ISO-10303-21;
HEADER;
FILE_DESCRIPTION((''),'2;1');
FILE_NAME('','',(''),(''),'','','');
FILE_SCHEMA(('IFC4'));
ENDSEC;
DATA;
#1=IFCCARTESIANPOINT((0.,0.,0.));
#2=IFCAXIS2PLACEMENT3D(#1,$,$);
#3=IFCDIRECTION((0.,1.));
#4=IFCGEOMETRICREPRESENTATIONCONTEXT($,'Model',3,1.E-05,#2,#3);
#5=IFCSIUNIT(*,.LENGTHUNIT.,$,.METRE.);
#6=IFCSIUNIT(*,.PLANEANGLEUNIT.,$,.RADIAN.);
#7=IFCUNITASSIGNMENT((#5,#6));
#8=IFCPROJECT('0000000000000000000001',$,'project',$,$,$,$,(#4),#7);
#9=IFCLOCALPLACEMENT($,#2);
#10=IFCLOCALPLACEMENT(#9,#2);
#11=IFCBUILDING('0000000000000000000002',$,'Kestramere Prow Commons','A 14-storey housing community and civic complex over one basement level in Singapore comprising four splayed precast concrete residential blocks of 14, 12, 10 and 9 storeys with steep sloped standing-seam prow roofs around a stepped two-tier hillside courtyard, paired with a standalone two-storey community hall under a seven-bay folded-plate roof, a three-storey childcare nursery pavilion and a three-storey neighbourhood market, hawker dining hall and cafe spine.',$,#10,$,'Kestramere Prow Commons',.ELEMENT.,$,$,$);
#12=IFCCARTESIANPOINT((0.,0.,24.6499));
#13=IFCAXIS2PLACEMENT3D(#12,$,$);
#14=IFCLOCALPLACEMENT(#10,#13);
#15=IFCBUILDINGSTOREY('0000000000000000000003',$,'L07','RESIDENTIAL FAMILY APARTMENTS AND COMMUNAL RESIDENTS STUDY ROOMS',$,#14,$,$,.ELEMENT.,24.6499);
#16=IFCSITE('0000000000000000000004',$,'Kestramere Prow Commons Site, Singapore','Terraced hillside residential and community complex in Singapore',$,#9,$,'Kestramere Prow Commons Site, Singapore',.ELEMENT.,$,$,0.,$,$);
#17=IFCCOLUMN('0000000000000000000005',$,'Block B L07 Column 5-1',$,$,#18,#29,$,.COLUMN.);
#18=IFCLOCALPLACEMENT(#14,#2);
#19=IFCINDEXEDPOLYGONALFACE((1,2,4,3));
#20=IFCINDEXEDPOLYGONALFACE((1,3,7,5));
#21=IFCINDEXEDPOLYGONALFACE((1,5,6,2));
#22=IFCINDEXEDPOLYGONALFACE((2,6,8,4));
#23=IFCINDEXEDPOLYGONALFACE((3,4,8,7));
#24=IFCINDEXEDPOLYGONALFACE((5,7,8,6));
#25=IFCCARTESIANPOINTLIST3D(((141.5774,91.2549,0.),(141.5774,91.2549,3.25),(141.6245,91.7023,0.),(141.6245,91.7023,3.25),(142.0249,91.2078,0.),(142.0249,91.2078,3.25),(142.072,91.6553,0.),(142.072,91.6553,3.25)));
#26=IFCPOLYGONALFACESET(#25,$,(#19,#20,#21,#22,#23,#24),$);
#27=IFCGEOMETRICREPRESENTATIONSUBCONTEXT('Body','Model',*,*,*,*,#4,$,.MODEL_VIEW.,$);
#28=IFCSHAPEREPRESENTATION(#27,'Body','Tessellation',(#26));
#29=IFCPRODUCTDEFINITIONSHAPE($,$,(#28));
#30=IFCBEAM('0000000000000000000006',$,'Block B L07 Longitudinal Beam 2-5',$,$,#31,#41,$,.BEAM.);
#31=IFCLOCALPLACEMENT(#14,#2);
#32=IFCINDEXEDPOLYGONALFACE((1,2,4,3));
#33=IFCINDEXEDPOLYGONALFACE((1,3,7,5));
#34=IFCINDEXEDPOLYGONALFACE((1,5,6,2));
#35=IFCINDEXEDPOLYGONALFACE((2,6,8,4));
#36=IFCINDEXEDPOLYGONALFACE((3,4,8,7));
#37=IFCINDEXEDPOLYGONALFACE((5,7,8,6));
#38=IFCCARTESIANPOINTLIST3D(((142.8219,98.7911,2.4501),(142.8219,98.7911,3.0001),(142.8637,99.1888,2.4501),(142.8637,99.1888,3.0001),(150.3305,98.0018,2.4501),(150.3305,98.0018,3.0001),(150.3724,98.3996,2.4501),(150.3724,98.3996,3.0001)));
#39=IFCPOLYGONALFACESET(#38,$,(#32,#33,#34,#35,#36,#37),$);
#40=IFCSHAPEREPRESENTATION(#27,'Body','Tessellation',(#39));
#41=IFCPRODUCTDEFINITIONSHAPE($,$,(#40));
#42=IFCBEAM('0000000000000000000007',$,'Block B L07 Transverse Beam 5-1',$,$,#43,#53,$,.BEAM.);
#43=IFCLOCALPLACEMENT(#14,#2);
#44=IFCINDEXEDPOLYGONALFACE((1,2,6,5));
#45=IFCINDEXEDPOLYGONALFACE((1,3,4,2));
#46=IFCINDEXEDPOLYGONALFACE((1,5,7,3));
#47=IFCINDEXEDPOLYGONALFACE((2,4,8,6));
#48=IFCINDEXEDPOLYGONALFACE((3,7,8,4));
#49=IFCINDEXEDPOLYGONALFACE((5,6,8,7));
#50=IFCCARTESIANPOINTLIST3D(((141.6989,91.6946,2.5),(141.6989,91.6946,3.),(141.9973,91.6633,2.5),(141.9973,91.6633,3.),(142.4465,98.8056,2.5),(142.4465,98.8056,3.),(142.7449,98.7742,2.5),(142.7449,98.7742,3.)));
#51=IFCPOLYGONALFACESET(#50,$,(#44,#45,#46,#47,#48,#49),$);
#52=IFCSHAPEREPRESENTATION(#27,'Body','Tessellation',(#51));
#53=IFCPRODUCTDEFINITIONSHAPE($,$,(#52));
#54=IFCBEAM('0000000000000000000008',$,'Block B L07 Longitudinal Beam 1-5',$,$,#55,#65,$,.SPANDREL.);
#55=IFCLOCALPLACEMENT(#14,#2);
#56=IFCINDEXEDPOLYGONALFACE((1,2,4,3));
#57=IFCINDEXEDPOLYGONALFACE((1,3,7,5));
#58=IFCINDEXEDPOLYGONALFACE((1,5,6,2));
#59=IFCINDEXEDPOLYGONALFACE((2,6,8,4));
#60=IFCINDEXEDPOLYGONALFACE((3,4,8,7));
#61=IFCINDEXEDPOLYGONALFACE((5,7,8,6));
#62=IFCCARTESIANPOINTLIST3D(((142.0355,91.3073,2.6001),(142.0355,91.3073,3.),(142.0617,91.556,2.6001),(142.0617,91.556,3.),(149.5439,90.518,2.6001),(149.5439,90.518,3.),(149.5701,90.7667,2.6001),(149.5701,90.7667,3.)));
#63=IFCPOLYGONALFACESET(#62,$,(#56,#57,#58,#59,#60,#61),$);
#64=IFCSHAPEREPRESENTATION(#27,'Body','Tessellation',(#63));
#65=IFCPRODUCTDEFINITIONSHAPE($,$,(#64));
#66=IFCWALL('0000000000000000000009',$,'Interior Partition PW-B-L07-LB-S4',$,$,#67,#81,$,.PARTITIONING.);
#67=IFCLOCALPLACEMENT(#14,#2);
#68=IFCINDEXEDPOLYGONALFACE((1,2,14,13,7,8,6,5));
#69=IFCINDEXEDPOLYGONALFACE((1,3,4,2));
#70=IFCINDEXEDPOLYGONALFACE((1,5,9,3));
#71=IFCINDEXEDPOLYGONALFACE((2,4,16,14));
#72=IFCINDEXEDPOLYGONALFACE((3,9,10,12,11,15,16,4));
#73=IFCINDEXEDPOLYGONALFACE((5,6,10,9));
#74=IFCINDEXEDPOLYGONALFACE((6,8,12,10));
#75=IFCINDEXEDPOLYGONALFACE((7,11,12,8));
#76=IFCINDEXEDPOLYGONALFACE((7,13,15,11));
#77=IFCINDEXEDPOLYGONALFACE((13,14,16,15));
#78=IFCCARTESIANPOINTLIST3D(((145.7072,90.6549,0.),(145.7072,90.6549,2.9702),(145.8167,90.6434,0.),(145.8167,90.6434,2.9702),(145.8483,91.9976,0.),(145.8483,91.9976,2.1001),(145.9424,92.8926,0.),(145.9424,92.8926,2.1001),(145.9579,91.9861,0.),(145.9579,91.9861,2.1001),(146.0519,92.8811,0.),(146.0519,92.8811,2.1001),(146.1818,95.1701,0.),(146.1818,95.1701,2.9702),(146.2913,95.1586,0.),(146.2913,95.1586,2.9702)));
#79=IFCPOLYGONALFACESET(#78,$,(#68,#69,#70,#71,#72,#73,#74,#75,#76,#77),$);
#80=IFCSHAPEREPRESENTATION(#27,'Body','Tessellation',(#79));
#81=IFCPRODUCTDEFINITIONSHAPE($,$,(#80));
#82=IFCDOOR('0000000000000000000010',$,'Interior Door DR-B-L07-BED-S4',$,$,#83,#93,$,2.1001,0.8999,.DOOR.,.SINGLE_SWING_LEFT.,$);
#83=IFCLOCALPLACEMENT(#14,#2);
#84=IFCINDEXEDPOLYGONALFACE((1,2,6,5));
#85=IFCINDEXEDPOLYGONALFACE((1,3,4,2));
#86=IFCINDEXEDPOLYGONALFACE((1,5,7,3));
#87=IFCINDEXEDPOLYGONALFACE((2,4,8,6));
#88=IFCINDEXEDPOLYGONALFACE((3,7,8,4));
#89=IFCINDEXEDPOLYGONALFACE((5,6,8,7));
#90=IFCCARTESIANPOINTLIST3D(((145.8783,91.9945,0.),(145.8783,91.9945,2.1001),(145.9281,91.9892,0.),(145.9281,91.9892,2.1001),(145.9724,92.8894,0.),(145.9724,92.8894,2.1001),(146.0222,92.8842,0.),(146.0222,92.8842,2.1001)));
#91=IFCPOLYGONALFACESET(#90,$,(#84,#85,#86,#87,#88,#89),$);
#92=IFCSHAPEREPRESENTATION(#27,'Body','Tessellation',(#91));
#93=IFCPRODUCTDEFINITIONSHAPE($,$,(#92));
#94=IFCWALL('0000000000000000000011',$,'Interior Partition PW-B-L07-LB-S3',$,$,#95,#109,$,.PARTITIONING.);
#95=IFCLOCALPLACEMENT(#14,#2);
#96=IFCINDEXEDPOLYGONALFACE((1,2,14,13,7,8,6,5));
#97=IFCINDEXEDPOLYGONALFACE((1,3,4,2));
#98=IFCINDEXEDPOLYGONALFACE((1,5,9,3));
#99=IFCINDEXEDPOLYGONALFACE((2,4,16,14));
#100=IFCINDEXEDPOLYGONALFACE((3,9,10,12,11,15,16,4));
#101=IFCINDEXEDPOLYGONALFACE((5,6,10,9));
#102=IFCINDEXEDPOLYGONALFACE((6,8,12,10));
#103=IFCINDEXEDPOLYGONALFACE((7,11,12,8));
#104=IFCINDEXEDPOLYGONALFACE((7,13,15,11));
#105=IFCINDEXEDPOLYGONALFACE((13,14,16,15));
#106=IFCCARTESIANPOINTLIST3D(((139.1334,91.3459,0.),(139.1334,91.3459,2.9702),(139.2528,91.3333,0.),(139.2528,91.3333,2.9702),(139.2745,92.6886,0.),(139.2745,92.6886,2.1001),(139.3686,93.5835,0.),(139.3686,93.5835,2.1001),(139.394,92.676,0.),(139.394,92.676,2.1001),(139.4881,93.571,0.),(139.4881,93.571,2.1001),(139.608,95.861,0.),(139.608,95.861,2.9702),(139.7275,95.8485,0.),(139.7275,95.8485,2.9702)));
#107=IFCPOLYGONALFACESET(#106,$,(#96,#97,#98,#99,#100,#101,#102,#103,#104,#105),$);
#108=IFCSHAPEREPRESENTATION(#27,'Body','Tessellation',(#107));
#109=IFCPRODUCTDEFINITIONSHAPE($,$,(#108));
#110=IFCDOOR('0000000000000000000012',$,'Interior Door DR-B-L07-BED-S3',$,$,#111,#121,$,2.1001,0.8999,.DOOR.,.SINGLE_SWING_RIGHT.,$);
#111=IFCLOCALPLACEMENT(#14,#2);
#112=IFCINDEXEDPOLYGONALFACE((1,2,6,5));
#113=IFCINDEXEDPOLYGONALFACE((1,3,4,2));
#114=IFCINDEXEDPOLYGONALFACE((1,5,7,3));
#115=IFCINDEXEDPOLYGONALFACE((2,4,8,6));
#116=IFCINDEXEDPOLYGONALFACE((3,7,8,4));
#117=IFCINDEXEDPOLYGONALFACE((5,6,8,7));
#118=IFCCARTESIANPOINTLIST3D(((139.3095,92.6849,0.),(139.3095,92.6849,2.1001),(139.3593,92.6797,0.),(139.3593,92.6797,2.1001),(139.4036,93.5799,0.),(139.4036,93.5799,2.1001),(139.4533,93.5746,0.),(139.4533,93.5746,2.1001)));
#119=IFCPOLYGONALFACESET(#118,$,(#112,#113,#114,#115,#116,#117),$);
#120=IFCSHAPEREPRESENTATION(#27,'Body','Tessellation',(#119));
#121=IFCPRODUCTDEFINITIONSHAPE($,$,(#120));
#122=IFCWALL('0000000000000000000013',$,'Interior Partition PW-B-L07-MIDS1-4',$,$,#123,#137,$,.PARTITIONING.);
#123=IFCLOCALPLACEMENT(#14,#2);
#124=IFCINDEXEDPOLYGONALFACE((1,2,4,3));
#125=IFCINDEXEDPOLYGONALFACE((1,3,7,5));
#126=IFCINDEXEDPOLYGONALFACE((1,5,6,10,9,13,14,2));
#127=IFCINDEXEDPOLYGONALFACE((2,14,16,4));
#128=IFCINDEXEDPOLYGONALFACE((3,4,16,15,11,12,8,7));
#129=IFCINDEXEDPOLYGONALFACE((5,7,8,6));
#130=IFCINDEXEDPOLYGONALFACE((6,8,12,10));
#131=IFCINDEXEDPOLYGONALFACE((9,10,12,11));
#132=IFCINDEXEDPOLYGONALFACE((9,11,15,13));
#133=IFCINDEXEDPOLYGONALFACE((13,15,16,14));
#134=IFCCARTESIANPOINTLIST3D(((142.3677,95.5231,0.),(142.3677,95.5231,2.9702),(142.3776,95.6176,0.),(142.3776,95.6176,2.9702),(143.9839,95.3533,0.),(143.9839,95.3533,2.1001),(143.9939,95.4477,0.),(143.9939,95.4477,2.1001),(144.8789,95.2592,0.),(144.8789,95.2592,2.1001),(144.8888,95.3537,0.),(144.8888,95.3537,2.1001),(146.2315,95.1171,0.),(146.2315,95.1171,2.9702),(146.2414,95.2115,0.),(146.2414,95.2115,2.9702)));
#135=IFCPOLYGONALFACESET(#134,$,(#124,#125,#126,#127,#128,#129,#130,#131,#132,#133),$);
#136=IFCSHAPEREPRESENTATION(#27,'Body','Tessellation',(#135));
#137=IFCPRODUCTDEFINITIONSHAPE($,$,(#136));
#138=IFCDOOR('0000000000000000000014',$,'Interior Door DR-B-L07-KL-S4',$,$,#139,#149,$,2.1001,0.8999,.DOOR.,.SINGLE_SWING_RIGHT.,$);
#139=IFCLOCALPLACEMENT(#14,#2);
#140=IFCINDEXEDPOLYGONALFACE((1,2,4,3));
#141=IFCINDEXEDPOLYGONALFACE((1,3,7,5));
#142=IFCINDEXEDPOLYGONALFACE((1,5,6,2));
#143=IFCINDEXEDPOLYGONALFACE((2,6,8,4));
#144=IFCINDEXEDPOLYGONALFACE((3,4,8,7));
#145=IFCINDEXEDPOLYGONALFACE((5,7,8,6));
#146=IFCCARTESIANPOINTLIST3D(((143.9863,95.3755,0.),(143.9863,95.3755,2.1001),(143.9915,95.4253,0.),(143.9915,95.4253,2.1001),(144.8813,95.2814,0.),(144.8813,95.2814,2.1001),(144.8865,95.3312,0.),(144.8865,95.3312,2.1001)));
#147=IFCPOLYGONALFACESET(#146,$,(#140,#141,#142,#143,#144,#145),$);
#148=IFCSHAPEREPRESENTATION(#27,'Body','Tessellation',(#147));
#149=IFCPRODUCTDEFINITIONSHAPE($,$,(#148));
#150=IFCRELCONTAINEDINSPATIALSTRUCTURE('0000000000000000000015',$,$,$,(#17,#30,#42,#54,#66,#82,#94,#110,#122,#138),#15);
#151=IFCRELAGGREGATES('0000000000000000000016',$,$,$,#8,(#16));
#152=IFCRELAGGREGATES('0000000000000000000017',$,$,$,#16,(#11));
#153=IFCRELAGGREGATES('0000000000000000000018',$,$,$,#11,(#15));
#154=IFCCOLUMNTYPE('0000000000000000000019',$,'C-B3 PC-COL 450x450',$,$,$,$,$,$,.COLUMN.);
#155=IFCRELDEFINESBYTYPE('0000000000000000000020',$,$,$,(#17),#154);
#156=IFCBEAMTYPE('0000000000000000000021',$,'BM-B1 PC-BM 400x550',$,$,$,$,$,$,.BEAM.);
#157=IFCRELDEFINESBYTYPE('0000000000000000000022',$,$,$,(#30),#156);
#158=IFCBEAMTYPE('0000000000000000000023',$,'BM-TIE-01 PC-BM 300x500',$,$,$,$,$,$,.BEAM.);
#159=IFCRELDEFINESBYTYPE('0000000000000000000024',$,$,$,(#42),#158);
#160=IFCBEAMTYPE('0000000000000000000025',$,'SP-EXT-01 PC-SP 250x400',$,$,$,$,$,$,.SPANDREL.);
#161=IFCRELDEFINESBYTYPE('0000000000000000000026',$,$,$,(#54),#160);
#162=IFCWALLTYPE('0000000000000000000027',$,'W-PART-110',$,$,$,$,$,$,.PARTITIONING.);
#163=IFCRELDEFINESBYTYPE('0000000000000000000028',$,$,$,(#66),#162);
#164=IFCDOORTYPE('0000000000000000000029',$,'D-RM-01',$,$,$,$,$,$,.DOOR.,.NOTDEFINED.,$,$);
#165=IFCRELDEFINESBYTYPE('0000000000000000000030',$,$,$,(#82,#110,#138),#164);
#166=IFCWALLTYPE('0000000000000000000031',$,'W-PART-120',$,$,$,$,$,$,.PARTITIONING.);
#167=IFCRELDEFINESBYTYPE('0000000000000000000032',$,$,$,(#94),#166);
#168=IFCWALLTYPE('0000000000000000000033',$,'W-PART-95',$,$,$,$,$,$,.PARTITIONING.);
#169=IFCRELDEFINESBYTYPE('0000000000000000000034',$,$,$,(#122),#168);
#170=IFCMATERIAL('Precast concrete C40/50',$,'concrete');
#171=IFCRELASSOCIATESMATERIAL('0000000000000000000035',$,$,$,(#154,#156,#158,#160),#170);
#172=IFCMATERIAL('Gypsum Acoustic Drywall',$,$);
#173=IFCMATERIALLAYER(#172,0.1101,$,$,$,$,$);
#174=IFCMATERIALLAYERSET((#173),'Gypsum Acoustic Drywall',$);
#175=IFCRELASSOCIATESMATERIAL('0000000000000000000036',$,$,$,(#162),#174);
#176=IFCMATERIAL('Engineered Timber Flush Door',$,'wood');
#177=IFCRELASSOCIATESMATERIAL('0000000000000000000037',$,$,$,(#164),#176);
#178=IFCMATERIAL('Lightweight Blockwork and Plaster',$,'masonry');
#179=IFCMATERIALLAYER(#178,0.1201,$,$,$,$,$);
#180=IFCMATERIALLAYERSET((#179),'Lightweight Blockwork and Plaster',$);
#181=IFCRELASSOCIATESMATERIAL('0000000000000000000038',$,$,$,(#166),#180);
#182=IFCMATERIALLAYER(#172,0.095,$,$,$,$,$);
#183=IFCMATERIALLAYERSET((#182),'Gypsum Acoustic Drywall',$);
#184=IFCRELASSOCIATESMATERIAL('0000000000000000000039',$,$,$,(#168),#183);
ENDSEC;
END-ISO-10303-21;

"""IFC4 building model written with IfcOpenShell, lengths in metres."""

from ifc_helpers import new_model, si_unit, direction, frame, frame_2d, origin, origin_2d, place, context, subcontext, project, spatial, rectangle, extrude, material, layer, layer_set, material_profile, profile_set, type_object, element, fill, save


model = new_model("IFC4")

# Units and contexts
model_context = context("Model", 3, precision=1e-05, world=origin(), true_north=direction((0.0, 1.0)))
body_context = subcontext(model_context, "Body", "Model", "MODEL_VIEW")
ifc_project = project(units=[si_unit("LENGTHUNIT", "METRE"), si_unit("PLANEANGLEUNIT", "RADIAN")], contexts=[model_context])

# Site, building, storey
site_placement = place(None, origin())
site = spatial("IfcSite", under=ifc_project, at=site_placement, Name="Kestramere Prow Commons Site, Singapore", Description="Terraced hillside residential and community complex in Singapore", LongName="Kestramere Prow Commons Site, Singapore", CompositionType="ELEMENT", RefElevation=0.0)
building_placement = place(site_placement, origin())
building = spatial("IfcBuilding", under=site, at=building_placement, Name="Kestramere Prow Commons", Description="A 14-storey housing community and civic complex over one basement level in Singapore comprising four splayed precast concrete residential blocks of 14, 12, 10 and 9 storeys with steep sloped standing-seam prow roofs around a stepped two-tier hillside courtyard, paired with a standalone two-storey community hall under a seven-bay folded-plate roof, a three-storey childcare nursery pavilion and a three-storey neighbourhood market, hawker dining hall and cafe spine.", LongName="Kestramere Prow Commons", CompositionType="ELEMENT")
storey_placement = place(building_placement, frame((0.0, 0.0, 24.6499)))
storey = spatial("IfcBuildingStorey", under=building, at=storey_placement, Name="L07", Description="RESIDENTIAL FAMILY APARTMENTS AND COMMUNAL RESIDENTS STUDY ROOMS", CompositionType="ELEMENT", Elevation=24.6499)

# Column
ifc_material_1 = material(Name="Precast concrete C40/50", Category="concrete")
ifc_material_profile_1 = material_profile(ifc_material_1, rectangle(XDim=0.45, YDim=0.45, at=origin_2d()), Name="PC-COL 450x450")
ifc_profile_set_1 = profile_set([ifc_material_profile_1], Name="Precast concrete C40/50")
column_type = type_object("IfcColumnType", Name="C-B3 PC-COL 450x450", PredefinedType="COLUMN", material=ifc_profile_set_1)
column_placement = place(storey_placement, frame((141.8247, 91.4551, 0.0), z_axis=(0.0, 0.0, 1.0), x_axis=(0.994522, -0.104528, 0.0)))
element("IfcColumn", 1, at=column_placement, inside=storey, type_object=column_type, Name="Block B L07 Column 5-1", PredefinedType="COLUMN", context=body_context, shape_type="SweptSolid", body=[
    extrude(rectangle(XDim=0.45, YDim=0.45, at=origin_2d()), origin(), (0.0, 0.0, 1.0), 3.25),
])

# Beams
ifc_material_profile_2 = material_profile(ifc_material_1, rectangle(XDim=0.3999, YDim=0.55, at=origin_2d()), Name="PC-BM 400x550")
ifc_profile_set_2 = profile_set([ifc_material_profile_2], Name="Precast concrete C40/50")
beam_type_1 = type_object("IfcBeamType", Name="BM-B1 PC-BM 400x550", PredefinedType="BEAM", material=ifc_profile_set_2)
beam_1_placement = place(storey_placement, frame((142.8428, 98.99, 2.7251), z_axis=(0.994521, -0.104542, 0.0), x_axis=(0.104542, 0.994521, 0.0)))
element("IfcBeam", 2, at=beam_1_placement, inside=storey, type_object=beam_type_1, Name="Block B L07 Longitudinal Beam 2-5", PredefinedType="BEAM", context=body_context, shape_type="SweptSolid", body=[
    extrude(rectangle(XDim=0.3999, YDim=0.55, at=origin_2d()), origin(), (0.0, 0.0, 1.0), 7.55),
])
ifc_material_profile_3 = material_profile(ifc_material_1, rectangle(XDim=0.3, YDim=0.5, at=origin_2d()), Name="PC-BM 300x500")
ifc_profile_set_3 = profile_set([ifc_material_profile_3], Name="Precast concrete C40/50")
beam_type_2 = type_object("IfcBeamType", Name="BM-TIE-01 PC-BM 300x500", PredefinedType="BEAM", material=ifc_profile_set_3)
beam_2_placement = place(storey_placement, frame((141.8481, 91.679, 2.75), z_axis=(0.104553, 0.994519, 0.0), x_axis=(-0.994519, 0.104553, 0.0)))
element("IfcBeam", 3, at=beam_2_placement, inside=storey, type_object=beam_type_2, Name="Block B L07 Transverse Beam 5-1", PredefinedType="BEAM", context=body_context, shape_type="SweptSolid", body=[
    extrude(rectangle(XDim=0.3, YDim=0.5, at=origin_2d()), origin(), (0.0, 0.0, 1.0), 7.1501),
])
ifc_material_profile_4 = material_profile(ifc_material_1, rectangle(XDim=0.25, YDim=0.3999, at=origin_2d()), Name="PC-SP 250x400")
ifc_profile_set_4 = profile_set([ifc_material_profile_4], Name="Precast concrete C40/50")
beam_type_3 = type_object("IfcBeamType", Name="SP-EXT-01 PC-SP 250x400", PredefinedType="SPANDREL", material=ifc_profile_set_4)
beam_3_placement = place(storey_placement, frame((142.0486, 91.4316, 2.8), z_axis=(0.99452, -0.104545, 0.0), x_axis=(0.104545, 0.99452, 0.0)))
element("IfcBeam", 4, at=beam_3_placement, inside=storey, type_object=beam_type_3, Name="Block B L07 Longitudinal Beam 1-5", PredefinedType="SPANDREL", context=body_context, shape_type="SweptSolid", body=[
    extrude(rectangle(XDim=0.25, YDim=0.3999, at=origin_2d()), origin(), (0.0, 0.0, 1.0), 7.5498),
])

# Walls, openings, doors
ifc_material_2 = material(Name="Gypsum Acoustic Drywall")
ifc_layer_1 = layer(ifc_material_2, 0.1101)
ifc_layer_set_1 = layer_set([ifc_layer_1], Name="Gypsum Acoustic Drywall")
wall_type_1 = type_object("IfcWallType", Name="W-PART-110", PredefinedType="PARTITIONING", material=ifc_layer_set_1)
wall_1_placement = place(storey_placement, frame((145.762, 90.6492, 0.0), z_axis=(0.0, 0.0, 1.0), x_axis=(0.104539, 0.994521, 0.0)))
wall_1 = element("IfcWall", 5, at=wall_1_placement, inside=storey, type_object=wall_type_1, Name="Interior Partition PW-B-L07-LB-S4", PredefinedType="PARTITIONING", context=body_context, shape_type="SweptSolid", body=[
    extrude(rectangle(XDim=4.54, YDim=0.1101, at=frame_2d((2.27, 0.0))), origin(), (0.0, 0.0, 1.0), 2.9702),
])
opening_1_placement = place(wall_1_placement, frame((1.3501, 0.0, 0.0)))
opening_1 = element("IfcOpeningElement", 6, at=opening_1_placement, cuts=wall_1, PredefinedType="OPENING", context=body_context, shape_type="SweptSolid", body=[
    extrude(rectangle(XDim=0.8999, YDim=2.1001, at=frame_2d((0.45, 1.05))), frame((0.0, 0.0701, 0.0), z_axis=(0.0, -1.0, 0.0), x_axis=(1.0, 0.0, 0.0)), (0.0, 0.0, 1.0), 0.1401),
])
ifc_material_3 = material(Name="Engineered Timber Flush Door", Category="wood")
door_type_1 = type_object("IfcDoorType", Name="D-RM-01", OperationType="NOTDEFINED", PredefinedType="DOOR", material=ifc_material_3)
door_1_placement = place(opening_1_placement, origin())
door_1 = element("IfcDoor", 7, at=door_1_placement, inside=storey, type_object=door_type_1, Name="Interior Door DR-B-L07-BED-S4", OperationType="SINGLE_SWING_LEFT", OverallHeight=2.1001, OverallWidth=0.8999, PredefinedType="DOOR", context=body_context, shape_type="SweptSolid", body=[
    extrude(rectangle(XDim=0.8999, YDim=2.1001, at=frame_2d((0.45, 1.05))), frame((0.0, 0.0249, 0.0), z_axis=(0.0, -1.0, 0.0), x_axis=(1.0, 0.0, 0.0)), (0.0, 0.0, 1.0), 0.05),
])
fill(opening_1, door_1)
ifc_material_4 = material(Name="Lightweight Blockwork and Plaster", Category="masonry")
ifc_layer_2 = layer(ifc_material_4, 0.1201)
ifc_layer_set_2 = layer_set([ifc_layer_2], Name="Lightweight Blockwork and Plaster")
wall_type_2 = type_object("IfcWallType", Name="W-PART-120", PredefinedType="PARTITIONING", material=ifc_layer_set_2)
wall_2_placement = place(storey_placement, frame((139.1931, 91.3396, 0.0), z_axis=(0.0, 0.0, 1.0), x_axis=(0.104539, 0.994521, 0.0)))
wall_2 = element("IfcWall", 8, at=wall_2_placement, inside=storey, type_object=wall_type_2, Name="Interior Partition PW-B-L07-LB-S3", PredefinedType="PARTITIONING", context=body_context, shape_type="SweptSolid", body=[
    extrude(rectangle(XDim=4.54, YDim=0.1201, at=frame_2d((2.27, 0.0))), origin(), (0.0, 0.0, 1.0), 2.9702),
])
opening_2_placement = place(wall_2_placement, frame((1.3501, 0.0, 0.0)))
opening_2 = element("IfcOpeningElement", 9, at=opening_2_placement, cuts=wall_2, PredefinedType="OPENING", context=body_context, shape_type="SweptSolid", body=[
    extrude(rectangle(XDim=0.8999, YDim=2.1001, at=frame_2d((0.45, 1.05))), frame((0.0, 0.075, 0.0), z_axis=(0.0, -1.0, 0.0), x_axis=(1.0, 0.0, 0.0)), (0.0, 0.0, 1.0), 0.1501),
])
door_2_placement = place(opening_2_placement, origin())
door_2 = element("IfcDoor", 10, at=door_2_placement, inside=storey, type_object=door_type_1, Name="Interior Door DR-B-L07-BED-S3", OperationType="SINGLE_SWING_RIGHT", OverallHeight=2.1001, OverallWidth=0.8999, PredefinedType="DOOR", context=body_context, shape_type="SweptSolid", body=[
    extrude(rectangle(XDim=0.8999, YDim=2.1001, at=frame_2d((0.45, 1.05))), frame((0.0, 0.0249, 0.0), z_axis=(0.0, -1.0, 0.0), x_axis=(1.0, 0.0, 0.0)), (0.0, 0.0, 1.0), 0.05),
])
fill(opening_2, door_2)
ifc_layer_3 = layer(ifc_material_2, 0.095)
ifc_layer_set_3 = layer_set([ifc_layer_3], Name="Gypsum Acoustic Drywall")
wall_type_3 = type_object("IfcWallType", Name="W-PART-95", PredefinedType="PARTITIONING", material=ifc_layer_set_3)
wall_3_placement = place(storey_placement, frame((142.3728, 95.5703, 0.0), z_axis=(0.0, 0.0, 1.0), x_axis=(0.994524, -0.104505, 0.0)))
wall_3 = element("IfcWall", 11, at=wall_3_placement, inside=storey, type_object=wall_type_3, Name="Interior Partition PW-B-L07-MIDS1-4", PredefinedType="PARTITIONING", context=body_context, shape_type="SweptSolid", body=[
    extrude(rectangle(XDim=3.885, YDim=0.095, at=frame_2d((1.9424, 0.0))), origin(), (0.0, 0.0, 1.0), 2.9702),
])
opening_3_placement = place(wall_3_placement, frame((1.625, 0.0, 0.0)))
opening_3 = element("IfcOpeningElement", 12, at=opening_3_placement, cuts=wall_3, PredefinedType="OPENING", context=body_context, shape_type="SweptSolid", body=[
    extrude(rectangle(XDim=0.8999, YDim=2.1001, at=frame_2d((0.45, 1.05))), frame((0.0, 0.0625, 0.0), z_axis=(0.0, -1.0, 0.0), x_axis=(1.0, 0.0, 0.0)), (0.0, 0.0, 1.0), 0.125),
])
door_3_placement = place(opening_3_placement, origin())
door_3 = element("IfcDoor", 13, at=door_3_placement, inside=storey, type_object=door_type_1, Name="Interior Door DR-B-L07-KL-S4", OperationType="SINGLE_SWING_RIGHT", OverallHeight=2.1001, OverallWidth=0.8999, PredefinedType="DOOR", context=body_context, shape_type="SweptSolid", body=[
    extrude(rectangle(XDim=0.8999, YDim=2.1001, at=frame_2d((0.45, 1.05))), frame((0.0, 0.0249, 0.0), z_axis=(0.0, -1.0, 0.0), x_axis=(1.0, 0.0, 0.0)), (0.0, 0.0, 1.0), 0.05),
])
fill(opening_3, door_3)

save(model, "model.ifc")
